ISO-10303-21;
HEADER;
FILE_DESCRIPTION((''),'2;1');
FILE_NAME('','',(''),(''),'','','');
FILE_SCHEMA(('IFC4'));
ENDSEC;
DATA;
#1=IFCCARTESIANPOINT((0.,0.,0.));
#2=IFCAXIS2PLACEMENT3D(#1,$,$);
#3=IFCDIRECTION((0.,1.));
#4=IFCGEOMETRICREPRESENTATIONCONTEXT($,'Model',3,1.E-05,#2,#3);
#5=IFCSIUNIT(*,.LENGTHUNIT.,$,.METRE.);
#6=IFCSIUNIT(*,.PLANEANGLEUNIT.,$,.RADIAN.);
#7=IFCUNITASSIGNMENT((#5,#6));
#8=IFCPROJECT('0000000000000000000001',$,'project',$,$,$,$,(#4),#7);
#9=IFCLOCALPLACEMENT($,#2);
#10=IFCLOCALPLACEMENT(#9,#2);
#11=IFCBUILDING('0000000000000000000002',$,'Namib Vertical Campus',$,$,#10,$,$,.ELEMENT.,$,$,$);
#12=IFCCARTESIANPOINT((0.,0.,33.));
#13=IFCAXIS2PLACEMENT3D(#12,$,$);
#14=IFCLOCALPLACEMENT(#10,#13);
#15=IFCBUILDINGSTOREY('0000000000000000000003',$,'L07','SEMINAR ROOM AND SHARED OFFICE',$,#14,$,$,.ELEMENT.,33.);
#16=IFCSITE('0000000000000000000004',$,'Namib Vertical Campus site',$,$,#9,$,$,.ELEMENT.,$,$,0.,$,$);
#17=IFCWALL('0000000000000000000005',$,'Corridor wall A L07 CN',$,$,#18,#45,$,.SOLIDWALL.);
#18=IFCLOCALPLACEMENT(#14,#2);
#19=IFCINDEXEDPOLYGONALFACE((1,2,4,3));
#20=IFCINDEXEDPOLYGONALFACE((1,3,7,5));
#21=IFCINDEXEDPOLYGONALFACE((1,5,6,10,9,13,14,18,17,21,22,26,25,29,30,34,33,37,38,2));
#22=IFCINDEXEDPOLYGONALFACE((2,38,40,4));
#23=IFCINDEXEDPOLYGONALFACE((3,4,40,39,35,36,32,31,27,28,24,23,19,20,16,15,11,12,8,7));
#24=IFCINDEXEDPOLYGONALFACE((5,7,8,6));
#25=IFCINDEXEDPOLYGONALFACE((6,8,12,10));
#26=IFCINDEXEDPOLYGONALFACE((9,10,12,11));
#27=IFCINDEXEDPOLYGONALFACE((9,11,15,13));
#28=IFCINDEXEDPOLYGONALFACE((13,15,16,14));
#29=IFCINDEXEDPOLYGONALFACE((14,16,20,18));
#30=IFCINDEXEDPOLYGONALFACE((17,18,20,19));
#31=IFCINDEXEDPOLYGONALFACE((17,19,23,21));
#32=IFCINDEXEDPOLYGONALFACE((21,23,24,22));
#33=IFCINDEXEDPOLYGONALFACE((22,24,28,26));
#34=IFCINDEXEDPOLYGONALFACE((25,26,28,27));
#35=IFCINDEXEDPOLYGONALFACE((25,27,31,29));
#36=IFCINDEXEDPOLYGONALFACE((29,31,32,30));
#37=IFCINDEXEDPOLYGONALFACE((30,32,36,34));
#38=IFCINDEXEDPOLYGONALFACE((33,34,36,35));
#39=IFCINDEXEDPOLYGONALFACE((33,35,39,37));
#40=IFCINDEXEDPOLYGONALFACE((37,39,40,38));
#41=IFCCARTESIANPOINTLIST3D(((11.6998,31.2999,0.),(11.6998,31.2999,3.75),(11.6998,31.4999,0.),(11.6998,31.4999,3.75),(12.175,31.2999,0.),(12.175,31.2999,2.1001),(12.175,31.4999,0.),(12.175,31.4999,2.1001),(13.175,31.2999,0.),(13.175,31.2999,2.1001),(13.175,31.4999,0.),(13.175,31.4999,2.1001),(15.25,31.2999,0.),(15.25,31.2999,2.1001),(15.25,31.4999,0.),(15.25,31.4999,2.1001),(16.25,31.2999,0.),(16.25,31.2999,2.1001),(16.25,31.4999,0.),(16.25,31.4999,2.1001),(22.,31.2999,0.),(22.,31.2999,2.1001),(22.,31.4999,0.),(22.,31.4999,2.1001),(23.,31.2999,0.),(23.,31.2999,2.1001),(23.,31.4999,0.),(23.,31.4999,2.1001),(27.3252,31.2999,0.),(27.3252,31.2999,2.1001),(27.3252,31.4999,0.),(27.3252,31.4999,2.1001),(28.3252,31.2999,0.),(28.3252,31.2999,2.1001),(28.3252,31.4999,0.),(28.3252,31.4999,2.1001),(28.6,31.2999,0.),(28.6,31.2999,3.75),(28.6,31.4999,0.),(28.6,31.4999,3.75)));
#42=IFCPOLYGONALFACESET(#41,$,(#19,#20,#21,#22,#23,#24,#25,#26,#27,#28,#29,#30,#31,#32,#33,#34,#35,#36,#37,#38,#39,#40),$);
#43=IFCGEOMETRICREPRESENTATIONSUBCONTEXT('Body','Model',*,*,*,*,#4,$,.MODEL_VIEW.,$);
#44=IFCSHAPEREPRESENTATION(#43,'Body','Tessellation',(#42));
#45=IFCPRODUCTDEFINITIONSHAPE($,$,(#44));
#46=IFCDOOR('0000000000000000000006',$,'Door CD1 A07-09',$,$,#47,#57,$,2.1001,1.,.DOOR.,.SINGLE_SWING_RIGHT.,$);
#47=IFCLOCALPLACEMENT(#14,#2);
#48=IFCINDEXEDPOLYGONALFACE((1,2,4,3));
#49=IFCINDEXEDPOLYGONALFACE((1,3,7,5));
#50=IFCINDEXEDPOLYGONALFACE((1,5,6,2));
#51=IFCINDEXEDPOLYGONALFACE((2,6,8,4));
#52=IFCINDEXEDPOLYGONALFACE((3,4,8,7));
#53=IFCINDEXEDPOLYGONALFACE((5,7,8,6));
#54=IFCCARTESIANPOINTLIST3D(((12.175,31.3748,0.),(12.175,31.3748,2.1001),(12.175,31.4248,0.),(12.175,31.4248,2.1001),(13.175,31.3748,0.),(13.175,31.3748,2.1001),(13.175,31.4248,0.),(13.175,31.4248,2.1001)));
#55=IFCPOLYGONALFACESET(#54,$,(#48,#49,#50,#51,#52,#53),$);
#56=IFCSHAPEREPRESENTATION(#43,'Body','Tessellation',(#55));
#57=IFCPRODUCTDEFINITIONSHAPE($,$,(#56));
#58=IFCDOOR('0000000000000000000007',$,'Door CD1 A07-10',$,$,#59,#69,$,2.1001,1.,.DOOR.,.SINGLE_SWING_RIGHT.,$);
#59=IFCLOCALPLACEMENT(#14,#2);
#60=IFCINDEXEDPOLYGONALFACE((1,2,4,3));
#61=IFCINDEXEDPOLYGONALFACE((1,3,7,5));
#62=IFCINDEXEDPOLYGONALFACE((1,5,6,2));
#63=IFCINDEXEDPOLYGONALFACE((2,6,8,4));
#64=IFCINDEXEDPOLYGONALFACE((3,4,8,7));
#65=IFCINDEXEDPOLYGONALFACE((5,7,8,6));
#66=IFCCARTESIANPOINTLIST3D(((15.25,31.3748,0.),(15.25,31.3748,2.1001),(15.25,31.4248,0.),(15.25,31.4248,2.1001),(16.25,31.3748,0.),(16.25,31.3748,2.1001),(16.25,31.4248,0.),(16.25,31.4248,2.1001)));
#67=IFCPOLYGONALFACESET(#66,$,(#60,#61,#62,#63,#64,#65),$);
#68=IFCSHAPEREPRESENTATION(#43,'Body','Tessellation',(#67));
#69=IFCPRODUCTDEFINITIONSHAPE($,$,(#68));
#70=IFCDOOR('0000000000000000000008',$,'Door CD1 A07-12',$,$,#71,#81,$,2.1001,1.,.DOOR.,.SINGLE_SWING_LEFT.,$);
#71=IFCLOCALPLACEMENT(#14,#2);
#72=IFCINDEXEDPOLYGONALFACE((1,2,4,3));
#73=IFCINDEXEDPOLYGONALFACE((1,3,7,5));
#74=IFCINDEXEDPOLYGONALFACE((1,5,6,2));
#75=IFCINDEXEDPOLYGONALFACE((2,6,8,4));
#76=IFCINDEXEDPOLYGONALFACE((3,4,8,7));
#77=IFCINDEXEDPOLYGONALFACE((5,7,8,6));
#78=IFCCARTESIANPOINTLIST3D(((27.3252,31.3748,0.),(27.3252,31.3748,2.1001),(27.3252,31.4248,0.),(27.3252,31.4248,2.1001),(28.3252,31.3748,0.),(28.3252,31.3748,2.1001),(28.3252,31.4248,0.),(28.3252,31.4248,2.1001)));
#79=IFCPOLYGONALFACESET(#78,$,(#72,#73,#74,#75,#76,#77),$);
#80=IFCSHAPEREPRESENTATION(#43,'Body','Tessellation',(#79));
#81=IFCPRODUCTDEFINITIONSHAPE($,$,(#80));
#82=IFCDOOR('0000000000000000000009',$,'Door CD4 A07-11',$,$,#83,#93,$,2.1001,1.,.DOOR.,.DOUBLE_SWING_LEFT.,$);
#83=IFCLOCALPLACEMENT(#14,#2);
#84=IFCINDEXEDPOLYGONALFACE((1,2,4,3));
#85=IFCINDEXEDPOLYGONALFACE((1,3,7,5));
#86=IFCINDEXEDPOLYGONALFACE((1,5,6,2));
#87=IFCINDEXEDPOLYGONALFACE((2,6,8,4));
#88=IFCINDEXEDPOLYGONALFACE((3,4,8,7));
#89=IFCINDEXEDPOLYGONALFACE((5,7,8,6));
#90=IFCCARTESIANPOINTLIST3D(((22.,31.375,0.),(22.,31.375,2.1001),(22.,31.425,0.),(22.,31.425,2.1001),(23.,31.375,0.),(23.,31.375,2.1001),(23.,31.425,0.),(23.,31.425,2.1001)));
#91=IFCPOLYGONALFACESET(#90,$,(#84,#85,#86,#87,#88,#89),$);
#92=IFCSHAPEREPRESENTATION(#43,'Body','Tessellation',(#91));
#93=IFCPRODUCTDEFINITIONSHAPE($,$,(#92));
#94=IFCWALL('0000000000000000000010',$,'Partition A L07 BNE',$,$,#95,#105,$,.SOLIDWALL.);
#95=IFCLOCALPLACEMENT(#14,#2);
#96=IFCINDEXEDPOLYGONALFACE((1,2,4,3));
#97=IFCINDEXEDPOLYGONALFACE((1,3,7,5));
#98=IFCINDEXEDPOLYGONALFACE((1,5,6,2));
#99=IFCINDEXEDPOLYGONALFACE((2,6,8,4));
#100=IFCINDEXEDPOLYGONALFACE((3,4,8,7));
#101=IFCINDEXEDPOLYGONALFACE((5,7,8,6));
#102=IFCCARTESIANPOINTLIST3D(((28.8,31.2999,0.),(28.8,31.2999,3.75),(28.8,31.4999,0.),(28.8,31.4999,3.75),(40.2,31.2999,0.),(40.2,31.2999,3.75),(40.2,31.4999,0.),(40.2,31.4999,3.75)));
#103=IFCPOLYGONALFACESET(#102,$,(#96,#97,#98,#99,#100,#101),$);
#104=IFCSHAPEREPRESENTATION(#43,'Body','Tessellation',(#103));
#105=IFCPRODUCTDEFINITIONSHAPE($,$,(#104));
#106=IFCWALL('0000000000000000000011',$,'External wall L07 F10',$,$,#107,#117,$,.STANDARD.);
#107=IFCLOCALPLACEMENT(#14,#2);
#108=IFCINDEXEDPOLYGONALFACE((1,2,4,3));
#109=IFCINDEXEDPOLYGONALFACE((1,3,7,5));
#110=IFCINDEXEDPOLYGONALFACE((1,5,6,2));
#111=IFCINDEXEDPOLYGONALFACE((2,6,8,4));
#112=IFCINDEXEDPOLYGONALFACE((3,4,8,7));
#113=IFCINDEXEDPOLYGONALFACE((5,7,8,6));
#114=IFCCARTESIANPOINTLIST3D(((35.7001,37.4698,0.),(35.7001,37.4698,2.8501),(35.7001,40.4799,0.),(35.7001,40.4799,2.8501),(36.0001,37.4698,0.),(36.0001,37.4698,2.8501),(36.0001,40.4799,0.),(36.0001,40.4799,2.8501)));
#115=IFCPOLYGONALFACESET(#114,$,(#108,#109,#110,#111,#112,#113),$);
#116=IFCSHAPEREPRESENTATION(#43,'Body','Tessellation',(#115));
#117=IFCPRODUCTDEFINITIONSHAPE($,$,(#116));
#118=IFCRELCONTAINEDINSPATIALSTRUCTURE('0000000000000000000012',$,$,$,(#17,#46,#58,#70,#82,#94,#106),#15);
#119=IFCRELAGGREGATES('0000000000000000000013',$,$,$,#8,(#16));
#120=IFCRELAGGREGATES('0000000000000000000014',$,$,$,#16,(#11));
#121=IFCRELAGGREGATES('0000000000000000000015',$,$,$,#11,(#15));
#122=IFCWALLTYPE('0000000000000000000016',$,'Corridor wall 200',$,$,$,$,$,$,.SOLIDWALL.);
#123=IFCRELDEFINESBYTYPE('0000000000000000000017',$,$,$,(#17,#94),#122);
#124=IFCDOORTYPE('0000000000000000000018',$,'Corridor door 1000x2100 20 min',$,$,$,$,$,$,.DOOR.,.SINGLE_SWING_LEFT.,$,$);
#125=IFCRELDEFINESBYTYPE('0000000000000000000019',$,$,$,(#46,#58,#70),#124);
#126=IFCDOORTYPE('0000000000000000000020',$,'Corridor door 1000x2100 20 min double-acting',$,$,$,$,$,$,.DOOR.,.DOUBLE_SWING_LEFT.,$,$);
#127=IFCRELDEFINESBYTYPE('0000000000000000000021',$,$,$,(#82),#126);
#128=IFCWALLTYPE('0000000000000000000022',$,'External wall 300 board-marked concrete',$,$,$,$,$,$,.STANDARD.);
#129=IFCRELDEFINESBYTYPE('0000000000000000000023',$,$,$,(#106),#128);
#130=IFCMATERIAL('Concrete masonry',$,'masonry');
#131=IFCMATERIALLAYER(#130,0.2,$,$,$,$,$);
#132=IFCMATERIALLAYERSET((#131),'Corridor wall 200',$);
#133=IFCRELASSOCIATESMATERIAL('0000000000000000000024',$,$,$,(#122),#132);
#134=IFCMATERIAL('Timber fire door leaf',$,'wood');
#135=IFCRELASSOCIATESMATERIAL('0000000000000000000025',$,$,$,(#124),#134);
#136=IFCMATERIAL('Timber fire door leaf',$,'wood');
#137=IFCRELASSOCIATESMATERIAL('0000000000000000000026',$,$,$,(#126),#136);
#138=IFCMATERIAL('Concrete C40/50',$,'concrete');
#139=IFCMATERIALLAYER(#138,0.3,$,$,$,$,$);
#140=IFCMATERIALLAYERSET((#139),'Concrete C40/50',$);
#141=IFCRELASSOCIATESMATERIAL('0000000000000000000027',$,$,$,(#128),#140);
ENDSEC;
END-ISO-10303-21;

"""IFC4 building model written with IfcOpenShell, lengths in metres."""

from ifc_helpers import new_model, si_unit, direction, frame, frame_2d, origin, place, context, subcontext, project, spatial, rectangle, extrude, material, layer, layer_set, type_object, element, fill, save


model = new_model("IFC4")

# Units and contexts
model_context = context("Model", 3, precision=1e-05, world=origin(), true_north=direction((0.0, 1.0)))
body_context = subcontext(model_context, "Body", "Model", "MODEL_VIEW")
ifc_project = project(units=[si_unit("LENGTHUNIT", "METRE"), si_unit("PLANEANGLEUNIT", "RADIAN")], contexts=[model_context])

# Site, building, storey
site_placement = place(None, origin())
site = spatial("IfcSite", under=ifc_project, at=site_placement, Name="Namib Vertical Campus site", CompositionType="ELEMENT", RefElevation=0.0)
building_placement = place(site_placement, origin())
building = spatial("IfcBuilding", under=site, at=building_placement, Name="Namib Vertical Campus", CompositionType="ELEMENT")
storey_placement = place(building_placement, frame((0.0, 0.0, 33.0)))
storey = spatial("IfcBuildingStorey", under=building, at=storey_placement, Name="L07", Description="SEMINAR ROOM AND SHARED OFFICE", CompositionType="ELEMENT", Elevation=33.0)

# Wall, openings, doors
ifc_material_1 = material(Name="Concrete masonry", Category="masonry")
ifc_layer_1 = layer(ifc_material_1, 0.2)
ifc_layer_set_1 = layer_set([ifc_layer_1], Name="Corridor wall 200")
wall_type_1 = type_object("IfcWallType", Name="Corridor wall 200", PredefinedType="SOLIDWALL", material=ifc_layer_set_1)
wall_1_placement = place(storey_placement, frame((28.6001, 31.3999, 0.0), z_axis=(0.0, 0.0, 1.0), x_axis=(-1.0, 0.0, 0.0)))
wall_1 = element("IfcWall", 1, at=wall_1_placement, inside=storey, type_object=wall_type_1, Name="Corridor wall A L07 CN", PredefinedType="SOLIDWALL", context=body_context, shape_type="SweptSolid", body=[
    extrude(rectangle(XDim=16.9001, YDim=0.2, at=frame_2d((8.4502, 0.0))), origin(), (0.0, 0.0, 1.0), 3.75),
])
opening_1_placement = place(wall_1_placement, frame((15.425, 0.0, 0.0)))
opening_1 = element("IfcOpeningElement", 2, at=opening_1_placement, cuts=wall_1, PredefinedType="OPENING", context=body_context, shape_type="SweptSolid", body=[
    extrude(rectangle(XDim=1.0, YDim=2.1001, at=frame_2d((0.5, 1.05))), frame((0.0, 0.1099, 0.0), z_axis=(0.0, -1.0, 0.0), x_axis=(1.0, 0.0, 0.0)), (0.0, 0.0, 1.0), 0.22),
])
opening_2_placement = place(wall_1_placement, frame((12.3501, 0.0, 0.0)))
opening_2 = element("IfcOpeningElement", 3, at=opening_2_placement, cuts=wall_1, PredefinedType="OPENING", context=body_context, shape_type="SweptSolid", body=[
    extrude(rectangle(XDim=1.0, YDim=2.1001, at=frame_2d((0.5, 1.05))), frame((0.0, 0.1099, 0.0), z_axis=(0.0, -1.0, 0.0), x_axis=(1.0, 0.0, 0.0)), (0.0, 0.0, 1.0), 0.22),
])
opening_3_placement = place(wall_1_placement, frame((5.6001, 0.0, 0.0)))
opening_3 = element("IfcOpeningElement", 4, at=opening_3_placement, cuts=wall_1, PredefinedType="OPENING", context=body_context, shape_type="SweptSolid", body=[
    extrude(rectangle(XDim=1.0, YDim=2.1001, at=frame_2d((0.5, 1.05))), frame((0.0, 0.1099, 0.0), z_axis=(0.0, -1.0, 0.0), x_axis=(1.0, 0.0, 0.0)), (0.0, 0.0, 1.0), 0.22),
])
opening_4_placement = place(wall_1_placement, frame((0.2749, 0.0, 0.0)))
opening_4 = element("IfcOpeningElement", 5, at=opening_4_placement, cuts=wall_1, PredefinedType="OPENING", context=body_context, shape_type="SweptSolid", body=[
    extrude(rectangle(XDim=1.0, YDim=2.1001, at=frame_2d((0.5, 1.05))), frame((0.0, 0.1099, 0.0), z_axis=(0.0, -1.0, 0.0), x_axis=(1.0, 0.0, 0.0)), (0.0, 0.0, 1.0), 0.22),
])
ifc_material_2 = material(Name="Timber fire door leaf", Category="wood")
door_type_1 = type_object("IfcDoorType", Name="Corridor door 1000x2100 20 min", OperationType="SINGLE_SWING_LEFT", PredefinedType="DOOR", material=ifc_material_2)
door_1_placement = place(opening_1_placement, frame((1.0, 0.0, 0.0), z_axis=(0.0, 0.0, 1.0), x_axis=(-1.0, 0.0, 0.0)))
door_1 = element("IfcDoor", 6, at=door_1_placement, inside=storey, type_object=door_type_1, Name="Door CD1 A07-09", OperationType="SINGLE_SWING_RIGHT", OverallHeight=2.1001, OverallWidth=1.0, PredefinedType="DOOR", context=body_context, shape_type="SweptSolid", body=[
    extrude(rectangle(XDim=1.0, YDim=2.1001, at=frame_2d((0.5, 1.05))), frame((0.0, 0.0249, 0.0), z_axis=(0.0, -1.0, 0.0), x_axis=(1.0, 0.0, 0.0)), (0.0, 0.0, 1.0), 0.05),
])
fill(opening_1, door_1)
door_2_placement = place(opening_2_placement, frame((1.0, 0.0, 0.0), z_axis=(0.0, 0.0, 1.0), x_axis=(-1.0, 0.0, 0.0)))
door_2 = element("IfcDoor", 7, at=door_2_placement, inside=storey, type_object=door_type_1, Name="Door CD1 A07-10", OperationType="SINGLE_SWING_RIGHT", OverallHeight=2.1001, OverallWidth=1.0, PredefinedType="DOOR", context=body_context, shape_type="SweptSolid", body=[
    extrude(rectangle(XDim=1.0, YDim=2.1001, at=frame_2d((0.5, 1.05))), frame((0.0, 0.0249, 0.0), z_axis=(0.0, -1.0, 0.0), x_axis=(1.0, 0.0, 0.0)), (0.0, 0.0, 1.0), 0.05),
])
fill(opening_2, door_2)
door_3_placement = place(opening_4_placement, frame((1.0, 0.0, 0.0), z_axis=(0.0, 0.0, 1.0), x_axis=(-1.0, 0.0, 0.0)))
door_3 = element("IfcDoor", 8, at=door_3_placement, inside=storey, type_object=door_type_1, Name="Door CD1 A07-12", OperationType="SINGLE_SWING_LEFT", OverallHeight=2.1001, OverallWidth=1.0, PredefinedType="DOOR", context=body_context, shape_type="SweptSolid", body=[
    extrude(rectangle(XDim=1.0, YDim=2.1001, at=frame_2d((0.5, 1.05))), frame((0.0, 0.0249, 0.0), z_axis=(0.0, -1.0, 0.0), x_axis=(1.0, 0.0, 0.0)), (0.0, 0.0, 1.0), 0.05),
])
fill(opening_4, door_3)
ifc_material_3 = material(Name="Timber fire door leaf", Category="wood")
door_type_2 = type_object("IfcDoorType", Name="Corridor door 1000x2100 20 min double-acting", OperationType="DOUBLE_SWING_LEFT", PredefinedType="DOOR", material=ifc_material_3)
door_4_placement = place(opening_3_placement, origin())
door_4 = element("IfcDoor", 9, at=door_4_placement, inside=storey, type_object=door_type_2, Name="Door CD4 A07-11", OperationType="DOUBLE_SWING_LEFT", OverallHeight=2.1001, OverallWidth=1.0, PredefinedType="DOOR", context=body_context, shape_type="SweptSolid", body=[
    extrude(rectangle(XDim=1.0, YDim=2.1001, at=frame_2d((0.5, 1.05))), frame((0.0, 0.0249, 0.0), z_axis=(0.0, -1.0, 0.0), x_axis=(1.0, 0.0, 0.0)), (0.0, 0.0, 1.0), 0.05),
])
fill(opening_3, door_4)

# Walls
wall_2_placement = place(storey_placement, frame((28.8, 31.3999, 0.0), z_axis=(0.0, 0.0, 1.0), x_axis=(1.0, 0.0, 0.0)))
element("IfcWall", 10, at=wall_2_placement, inside=storey, type_object=wall_type_1, Name="Partition A L07 BNE", PredefinedType="SOLIDWALL", context=body_context, shape_type="SweptSolid", body=[
    extrude(rectangle(XDim=11.3999, YDim=0.2, at=frame_2d((5.7, 0.0))), origin(), (0.0, 0.0, 1.0), 3.75),
])
ifc_material_4 = material(Name="Concrete C40/50", Category="concrete")
ifc_layer_2 = layer(ifc_material_4, 0.3)
ifc_layer_set_2 = layer_set([ifc_layer_2], Name="Concrete C40/50")
wall_type_2 = type_object("IfcWallType", Name="External wall 300 board-marked concrete", PredefinedType="STANDARD", material=ifc_layer_set_2)
wall_3_placement = place(storey_placement, frame((35.8501, 37.47, 0.0), z_axis=(0.0, 0.0, 1.0), x_axis=(0.0, 1.0, 0.0)))
element("IfcWall", 11, at=wall_3_placement, inside=storey, type_object=wall_type_2, Name="External wall L07 F10", PredefinedType="STANDARD", context=body_context, shape_type="SweptSolid", body=[
    extrude(rectangle(XDim=3.01, YDim=0.3, at=frame_2d((1.5049, 0.0))), origin(), (0.0, 0.0, 1.0), 2.8501),
])

save(model, "model.ifc")
